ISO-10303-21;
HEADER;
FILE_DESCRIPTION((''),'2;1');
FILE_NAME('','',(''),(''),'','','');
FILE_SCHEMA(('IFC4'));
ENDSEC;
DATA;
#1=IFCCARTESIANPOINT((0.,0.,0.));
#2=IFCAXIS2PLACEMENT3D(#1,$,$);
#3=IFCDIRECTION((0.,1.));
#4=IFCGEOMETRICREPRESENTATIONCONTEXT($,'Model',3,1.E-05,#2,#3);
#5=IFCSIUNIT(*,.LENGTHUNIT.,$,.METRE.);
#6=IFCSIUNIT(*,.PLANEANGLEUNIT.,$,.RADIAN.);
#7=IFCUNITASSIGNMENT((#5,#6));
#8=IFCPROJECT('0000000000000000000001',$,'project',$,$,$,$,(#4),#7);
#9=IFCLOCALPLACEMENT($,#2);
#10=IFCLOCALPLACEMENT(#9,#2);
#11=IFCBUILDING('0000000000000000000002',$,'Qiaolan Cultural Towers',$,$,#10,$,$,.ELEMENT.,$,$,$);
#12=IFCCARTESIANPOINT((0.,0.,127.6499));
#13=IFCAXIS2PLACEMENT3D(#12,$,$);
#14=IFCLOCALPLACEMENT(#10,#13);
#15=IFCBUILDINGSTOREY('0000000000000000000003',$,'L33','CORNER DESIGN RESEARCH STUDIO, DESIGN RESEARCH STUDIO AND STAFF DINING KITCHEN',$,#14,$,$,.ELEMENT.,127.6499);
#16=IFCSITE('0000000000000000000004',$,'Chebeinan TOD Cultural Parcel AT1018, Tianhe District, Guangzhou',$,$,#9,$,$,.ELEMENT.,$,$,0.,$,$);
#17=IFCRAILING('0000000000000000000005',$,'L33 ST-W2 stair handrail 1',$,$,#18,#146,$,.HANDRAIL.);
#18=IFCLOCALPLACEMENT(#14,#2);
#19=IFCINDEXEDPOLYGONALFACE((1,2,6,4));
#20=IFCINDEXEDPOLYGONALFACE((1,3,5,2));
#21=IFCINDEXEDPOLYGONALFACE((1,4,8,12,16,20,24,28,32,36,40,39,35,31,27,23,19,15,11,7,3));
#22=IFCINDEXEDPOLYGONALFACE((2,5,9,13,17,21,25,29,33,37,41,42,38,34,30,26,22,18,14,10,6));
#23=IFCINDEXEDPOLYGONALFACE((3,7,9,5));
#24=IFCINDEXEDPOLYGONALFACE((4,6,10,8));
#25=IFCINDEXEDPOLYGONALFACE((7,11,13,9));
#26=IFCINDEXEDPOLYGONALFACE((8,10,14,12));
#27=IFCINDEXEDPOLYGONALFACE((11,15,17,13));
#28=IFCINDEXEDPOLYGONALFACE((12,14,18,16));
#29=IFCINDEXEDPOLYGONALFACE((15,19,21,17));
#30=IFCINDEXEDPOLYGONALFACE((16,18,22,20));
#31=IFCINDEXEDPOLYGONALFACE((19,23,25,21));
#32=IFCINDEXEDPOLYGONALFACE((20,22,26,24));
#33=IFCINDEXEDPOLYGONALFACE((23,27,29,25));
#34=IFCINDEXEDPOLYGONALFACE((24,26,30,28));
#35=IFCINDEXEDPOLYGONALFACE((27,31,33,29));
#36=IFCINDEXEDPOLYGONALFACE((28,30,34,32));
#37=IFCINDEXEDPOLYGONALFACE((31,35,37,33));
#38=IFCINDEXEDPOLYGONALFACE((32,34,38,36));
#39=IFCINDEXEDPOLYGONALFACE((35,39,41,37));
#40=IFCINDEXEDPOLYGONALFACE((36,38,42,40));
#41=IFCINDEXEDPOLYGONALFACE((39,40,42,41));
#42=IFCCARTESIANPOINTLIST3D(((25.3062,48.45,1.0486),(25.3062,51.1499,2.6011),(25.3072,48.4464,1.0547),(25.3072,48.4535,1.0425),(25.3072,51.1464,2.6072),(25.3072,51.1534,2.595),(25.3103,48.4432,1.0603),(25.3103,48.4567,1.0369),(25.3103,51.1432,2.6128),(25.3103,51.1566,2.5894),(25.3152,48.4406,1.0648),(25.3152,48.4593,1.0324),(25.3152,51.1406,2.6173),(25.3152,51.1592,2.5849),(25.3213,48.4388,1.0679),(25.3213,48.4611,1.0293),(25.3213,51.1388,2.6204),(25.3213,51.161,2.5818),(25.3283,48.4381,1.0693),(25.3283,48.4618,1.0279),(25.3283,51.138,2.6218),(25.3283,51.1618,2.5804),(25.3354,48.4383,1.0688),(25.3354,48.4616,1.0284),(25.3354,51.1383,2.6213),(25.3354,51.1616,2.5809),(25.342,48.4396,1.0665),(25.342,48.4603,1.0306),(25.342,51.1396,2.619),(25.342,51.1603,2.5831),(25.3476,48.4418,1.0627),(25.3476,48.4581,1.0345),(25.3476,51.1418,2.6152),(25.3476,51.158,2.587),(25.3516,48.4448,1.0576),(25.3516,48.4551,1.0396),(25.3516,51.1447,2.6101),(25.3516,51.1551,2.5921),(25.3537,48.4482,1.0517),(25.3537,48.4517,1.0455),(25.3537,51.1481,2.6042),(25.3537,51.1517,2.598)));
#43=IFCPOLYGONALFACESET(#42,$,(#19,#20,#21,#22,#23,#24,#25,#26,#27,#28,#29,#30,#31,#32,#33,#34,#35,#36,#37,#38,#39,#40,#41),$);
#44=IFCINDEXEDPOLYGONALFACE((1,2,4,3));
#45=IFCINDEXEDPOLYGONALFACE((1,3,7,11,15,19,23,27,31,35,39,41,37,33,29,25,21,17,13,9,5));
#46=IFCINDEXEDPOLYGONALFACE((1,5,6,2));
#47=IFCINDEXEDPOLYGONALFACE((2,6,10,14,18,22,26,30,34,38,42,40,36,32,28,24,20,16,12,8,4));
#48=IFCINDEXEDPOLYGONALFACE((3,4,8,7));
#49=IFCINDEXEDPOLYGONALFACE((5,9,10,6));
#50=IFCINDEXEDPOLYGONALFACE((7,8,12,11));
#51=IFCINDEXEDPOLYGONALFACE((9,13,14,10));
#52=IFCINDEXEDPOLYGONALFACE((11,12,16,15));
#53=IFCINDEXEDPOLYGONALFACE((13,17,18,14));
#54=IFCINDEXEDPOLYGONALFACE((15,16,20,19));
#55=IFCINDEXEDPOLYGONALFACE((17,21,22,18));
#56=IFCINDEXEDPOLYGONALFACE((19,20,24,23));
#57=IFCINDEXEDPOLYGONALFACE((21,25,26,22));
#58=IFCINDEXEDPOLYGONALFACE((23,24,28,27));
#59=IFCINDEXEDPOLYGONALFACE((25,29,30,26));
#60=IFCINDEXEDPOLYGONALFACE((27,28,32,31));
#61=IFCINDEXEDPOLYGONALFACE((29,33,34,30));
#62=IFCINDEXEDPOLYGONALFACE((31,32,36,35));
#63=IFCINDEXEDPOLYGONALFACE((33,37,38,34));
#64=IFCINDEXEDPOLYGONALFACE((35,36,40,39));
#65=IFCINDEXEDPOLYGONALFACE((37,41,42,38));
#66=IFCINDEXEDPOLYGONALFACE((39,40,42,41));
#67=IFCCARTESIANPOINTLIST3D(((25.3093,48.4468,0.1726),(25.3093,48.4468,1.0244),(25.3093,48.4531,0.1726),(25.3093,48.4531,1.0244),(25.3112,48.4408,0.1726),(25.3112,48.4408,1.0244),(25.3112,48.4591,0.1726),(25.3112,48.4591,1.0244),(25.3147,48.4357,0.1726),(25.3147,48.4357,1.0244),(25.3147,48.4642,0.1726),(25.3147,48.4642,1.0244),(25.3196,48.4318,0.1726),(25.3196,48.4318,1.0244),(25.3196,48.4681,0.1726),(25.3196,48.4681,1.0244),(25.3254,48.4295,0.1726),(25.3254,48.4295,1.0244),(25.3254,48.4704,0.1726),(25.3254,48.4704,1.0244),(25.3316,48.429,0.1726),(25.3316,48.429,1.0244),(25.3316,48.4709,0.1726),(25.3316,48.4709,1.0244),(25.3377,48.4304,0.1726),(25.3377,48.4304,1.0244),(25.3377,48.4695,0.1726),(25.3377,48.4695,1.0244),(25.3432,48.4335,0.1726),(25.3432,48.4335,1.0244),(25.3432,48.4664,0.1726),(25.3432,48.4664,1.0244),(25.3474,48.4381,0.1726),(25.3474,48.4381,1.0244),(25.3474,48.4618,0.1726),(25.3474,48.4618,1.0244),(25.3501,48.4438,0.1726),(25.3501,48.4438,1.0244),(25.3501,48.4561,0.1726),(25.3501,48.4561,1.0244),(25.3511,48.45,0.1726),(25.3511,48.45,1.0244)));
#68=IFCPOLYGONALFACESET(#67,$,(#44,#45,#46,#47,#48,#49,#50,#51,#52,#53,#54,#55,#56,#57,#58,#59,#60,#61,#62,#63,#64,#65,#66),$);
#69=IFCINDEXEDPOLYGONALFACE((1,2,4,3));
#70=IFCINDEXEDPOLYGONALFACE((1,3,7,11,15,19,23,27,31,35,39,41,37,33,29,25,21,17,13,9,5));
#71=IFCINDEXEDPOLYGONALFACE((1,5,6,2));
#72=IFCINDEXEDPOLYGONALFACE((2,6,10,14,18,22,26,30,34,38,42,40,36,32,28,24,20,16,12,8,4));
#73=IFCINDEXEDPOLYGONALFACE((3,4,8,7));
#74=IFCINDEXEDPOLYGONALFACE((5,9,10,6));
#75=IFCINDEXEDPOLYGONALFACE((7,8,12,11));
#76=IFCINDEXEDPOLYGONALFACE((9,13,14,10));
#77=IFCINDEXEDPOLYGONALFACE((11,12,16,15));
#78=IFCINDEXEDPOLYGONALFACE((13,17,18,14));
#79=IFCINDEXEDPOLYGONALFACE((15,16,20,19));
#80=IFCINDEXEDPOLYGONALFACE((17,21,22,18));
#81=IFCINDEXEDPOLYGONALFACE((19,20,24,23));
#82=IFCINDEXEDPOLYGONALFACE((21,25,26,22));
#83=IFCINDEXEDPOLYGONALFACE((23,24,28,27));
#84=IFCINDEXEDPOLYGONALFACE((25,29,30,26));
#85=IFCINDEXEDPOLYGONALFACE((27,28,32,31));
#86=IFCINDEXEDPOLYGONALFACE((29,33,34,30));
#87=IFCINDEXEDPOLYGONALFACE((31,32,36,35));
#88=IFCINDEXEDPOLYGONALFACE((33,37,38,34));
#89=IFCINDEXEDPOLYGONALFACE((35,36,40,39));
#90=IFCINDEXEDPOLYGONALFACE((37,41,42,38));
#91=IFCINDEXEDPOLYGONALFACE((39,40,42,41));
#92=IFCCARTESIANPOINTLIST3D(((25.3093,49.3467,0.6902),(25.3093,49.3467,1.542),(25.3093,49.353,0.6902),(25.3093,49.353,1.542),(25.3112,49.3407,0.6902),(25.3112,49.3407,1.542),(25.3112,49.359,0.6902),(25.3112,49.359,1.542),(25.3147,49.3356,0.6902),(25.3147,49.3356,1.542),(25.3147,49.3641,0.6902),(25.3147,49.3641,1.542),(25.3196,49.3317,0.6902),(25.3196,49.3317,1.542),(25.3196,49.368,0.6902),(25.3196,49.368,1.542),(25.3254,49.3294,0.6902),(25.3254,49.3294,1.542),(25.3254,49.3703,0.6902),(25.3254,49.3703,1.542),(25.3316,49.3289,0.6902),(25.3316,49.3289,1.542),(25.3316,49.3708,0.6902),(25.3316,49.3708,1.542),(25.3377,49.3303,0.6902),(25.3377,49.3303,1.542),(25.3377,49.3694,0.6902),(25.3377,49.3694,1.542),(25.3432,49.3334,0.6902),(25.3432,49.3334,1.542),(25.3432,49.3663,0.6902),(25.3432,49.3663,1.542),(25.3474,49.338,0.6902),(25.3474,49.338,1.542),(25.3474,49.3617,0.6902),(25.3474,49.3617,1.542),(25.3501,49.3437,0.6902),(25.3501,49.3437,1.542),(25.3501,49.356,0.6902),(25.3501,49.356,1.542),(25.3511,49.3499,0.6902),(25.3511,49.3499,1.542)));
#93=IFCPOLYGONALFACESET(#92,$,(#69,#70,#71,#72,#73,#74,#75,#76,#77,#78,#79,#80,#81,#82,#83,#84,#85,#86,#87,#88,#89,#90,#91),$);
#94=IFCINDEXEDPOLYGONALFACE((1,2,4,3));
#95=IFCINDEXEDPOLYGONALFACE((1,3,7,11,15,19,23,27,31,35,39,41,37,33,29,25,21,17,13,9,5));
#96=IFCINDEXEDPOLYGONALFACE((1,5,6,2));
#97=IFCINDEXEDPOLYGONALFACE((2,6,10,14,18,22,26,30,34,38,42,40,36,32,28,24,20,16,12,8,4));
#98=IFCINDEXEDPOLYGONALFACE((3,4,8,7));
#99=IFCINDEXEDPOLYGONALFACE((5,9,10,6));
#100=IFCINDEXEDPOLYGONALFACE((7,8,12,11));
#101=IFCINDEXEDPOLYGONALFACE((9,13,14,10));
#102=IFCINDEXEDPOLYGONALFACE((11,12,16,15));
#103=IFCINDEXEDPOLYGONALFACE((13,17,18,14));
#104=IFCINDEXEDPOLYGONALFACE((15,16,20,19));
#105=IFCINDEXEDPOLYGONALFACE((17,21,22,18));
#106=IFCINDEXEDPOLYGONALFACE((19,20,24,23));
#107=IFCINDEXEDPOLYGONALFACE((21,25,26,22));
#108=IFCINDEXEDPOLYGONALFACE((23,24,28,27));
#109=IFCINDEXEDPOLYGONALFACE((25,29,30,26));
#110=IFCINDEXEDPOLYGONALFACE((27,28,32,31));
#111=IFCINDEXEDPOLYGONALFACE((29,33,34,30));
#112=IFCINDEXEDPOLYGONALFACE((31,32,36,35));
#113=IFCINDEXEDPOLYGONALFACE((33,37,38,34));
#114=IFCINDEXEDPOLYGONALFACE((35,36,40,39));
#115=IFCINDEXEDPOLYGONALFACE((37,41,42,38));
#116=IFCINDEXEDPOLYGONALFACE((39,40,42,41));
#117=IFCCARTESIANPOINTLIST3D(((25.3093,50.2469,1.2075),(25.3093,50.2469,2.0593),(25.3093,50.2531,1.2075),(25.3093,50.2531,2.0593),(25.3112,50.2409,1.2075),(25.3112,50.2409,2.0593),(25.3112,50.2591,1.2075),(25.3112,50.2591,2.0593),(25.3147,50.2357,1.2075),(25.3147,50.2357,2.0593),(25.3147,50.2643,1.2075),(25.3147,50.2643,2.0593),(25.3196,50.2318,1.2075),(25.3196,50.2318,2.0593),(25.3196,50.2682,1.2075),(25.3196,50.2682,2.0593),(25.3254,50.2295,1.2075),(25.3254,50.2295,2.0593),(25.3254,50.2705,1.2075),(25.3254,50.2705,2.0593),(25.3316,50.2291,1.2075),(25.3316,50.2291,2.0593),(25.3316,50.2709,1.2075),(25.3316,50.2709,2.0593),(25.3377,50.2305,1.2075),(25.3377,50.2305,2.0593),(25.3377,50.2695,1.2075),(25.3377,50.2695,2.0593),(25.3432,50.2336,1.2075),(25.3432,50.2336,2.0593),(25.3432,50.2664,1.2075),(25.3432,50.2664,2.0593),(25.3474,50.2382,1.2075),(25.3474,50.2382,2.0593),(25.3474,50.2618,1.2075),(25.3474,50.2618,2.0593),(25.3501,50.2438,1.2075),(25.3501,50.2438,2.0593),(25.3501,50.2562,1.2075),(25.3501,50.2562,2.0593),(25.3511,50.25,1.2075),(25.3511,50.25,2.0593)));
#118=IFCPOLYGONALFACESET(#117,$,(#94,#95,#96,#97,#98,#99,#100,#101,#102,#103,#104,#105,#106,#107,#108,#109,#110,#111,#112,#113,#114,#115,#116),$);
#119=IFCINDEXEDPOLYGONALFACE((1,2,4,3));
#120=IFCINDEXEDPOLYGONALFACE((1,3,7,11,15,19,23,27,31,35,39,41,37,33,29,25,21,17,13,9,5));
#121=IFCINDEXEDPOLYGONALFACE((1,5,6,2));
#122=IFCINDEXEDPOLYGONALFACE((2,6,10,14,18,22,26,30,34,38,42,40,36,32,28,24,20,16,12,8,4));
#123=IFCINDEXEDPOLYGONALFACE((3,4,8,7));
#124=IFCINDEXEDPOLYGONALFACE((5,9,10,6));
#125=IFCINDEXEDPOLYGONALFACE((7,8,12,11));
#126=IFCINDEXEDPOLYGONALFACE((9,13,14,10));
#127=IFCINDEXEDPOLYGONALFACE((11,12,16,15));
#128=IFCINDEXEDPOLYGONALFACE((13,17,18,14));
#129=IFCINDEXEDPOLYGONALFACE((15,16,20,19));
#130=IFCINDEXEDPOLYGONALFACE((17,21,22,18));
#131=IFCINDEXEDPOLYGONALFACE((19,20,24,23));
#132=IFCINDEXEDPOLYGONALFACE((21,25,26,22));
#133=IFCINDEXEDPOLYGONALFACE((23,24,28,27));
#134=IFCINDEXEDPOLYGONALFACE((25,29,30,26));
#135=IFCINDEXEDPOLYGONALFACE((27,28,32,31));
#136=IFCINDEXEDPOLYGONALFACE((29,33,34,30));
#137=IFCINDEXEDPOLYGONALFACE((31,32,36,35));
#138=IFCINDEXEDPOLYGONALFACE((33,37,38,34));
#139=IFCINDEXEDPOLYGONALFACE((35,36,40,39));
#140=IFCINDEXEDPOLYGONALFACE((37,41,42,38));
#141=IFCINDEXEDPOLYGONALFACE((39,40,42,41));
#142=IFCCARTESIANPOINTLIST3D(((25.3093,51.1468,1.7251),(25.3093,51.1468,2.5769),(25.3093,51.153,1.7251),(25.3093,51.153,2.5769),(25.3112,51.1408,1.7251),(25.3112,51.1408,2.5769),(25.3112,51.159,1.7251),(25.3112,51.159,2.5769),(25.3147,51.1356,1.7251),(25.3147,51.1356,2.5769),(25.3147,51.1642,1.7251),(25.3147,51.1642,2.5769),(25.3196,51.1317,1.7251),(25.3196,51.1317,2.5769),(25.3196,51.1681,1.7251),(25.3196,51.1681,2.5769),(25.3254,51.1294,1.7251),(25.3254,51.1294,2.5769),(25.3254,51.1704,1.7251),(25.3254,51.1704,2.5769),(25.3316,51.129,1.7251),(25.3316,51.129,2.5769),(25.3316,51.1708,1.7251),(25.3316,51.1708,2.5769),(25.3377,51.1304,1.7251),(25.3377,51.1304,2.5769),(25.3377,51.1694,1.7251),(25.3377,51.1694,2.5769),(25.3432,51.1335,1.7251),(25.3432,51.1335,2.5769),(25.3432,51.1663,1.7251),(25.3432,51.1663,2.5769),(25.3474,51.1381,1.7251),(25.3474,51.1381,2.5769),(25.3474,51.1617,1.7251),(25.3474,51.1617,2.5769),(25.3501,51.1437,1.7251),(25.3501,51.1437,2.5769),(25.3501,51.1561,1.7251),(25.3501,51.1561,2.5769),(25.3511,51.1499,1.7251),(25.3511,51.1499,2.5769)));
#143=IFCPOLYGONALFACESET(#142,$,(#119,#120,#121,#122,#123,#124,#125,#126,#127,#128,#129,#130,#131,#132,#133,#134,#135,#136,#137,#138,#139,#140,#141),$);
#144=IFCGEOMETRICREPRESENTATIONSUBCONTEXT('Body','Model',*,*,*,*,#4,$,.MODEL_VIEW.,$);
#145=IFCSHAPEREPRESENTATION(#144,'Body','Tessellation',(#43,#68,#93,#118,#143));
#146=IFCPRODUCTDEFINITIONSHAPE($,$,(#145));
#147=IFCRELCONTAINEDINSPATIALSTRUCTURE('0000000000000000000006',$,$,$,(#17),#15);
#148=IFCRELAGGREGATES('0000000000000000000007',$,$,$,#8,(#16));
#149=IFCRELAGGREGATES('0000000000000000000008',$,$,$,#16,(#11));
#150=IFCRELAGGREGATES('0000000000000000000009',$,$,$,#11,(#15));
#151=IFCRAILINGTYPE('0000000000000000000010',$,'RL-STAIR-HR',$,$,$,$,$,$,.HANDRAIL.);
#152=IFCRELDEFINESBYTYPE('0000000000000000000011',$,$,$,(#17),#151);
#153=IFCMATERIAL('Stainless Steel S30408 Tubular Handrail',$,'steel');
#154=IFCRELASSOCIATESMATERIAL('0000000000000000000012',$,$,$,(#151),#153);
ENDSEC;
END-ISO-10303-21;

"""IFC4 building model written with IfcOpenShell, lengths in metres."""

from ifc_helpers import new_model, si_unit, direction, frame, origin, origin_2d, place, context, subcontext, project, spatial, circle, extrude, material, type_object, element, save


model = new_model("IFC4")

# Units and contexts
model_context = context("Model", 3, precision=1e-05, world=origin(), true_north=direction((0.0, 1.0)))
body_context = subcontext(model_context, "Body", "Model", "MODEL_VIEW")
ifc_project = project(units=[si_unit("LENGTHUNIT", "METRE"), si_unit("PLANEANGLEUNIT", "RADIAN")], contexts=[model_context])

# Site, building, storey
site_placement = place(None, origin())
site = spatial("IfcSite", under=ifc_project, at=site_placement, Name="Chebeinan TOD Cultural Parcel AT1018, Tianhe District, Guangzhou", CompositionType="ELEMENT", RefElevation=0.0)
building_placement = place(site_placement, origin())
building = spatial("IfcBuilding", under=site, at=building_placement, Name="Qiaolan Cultural Towers", CompositionType="ELEMENT")
storey_placement = place(building_placement, frame((0.0, 0.0, 127.6499)))
storey = spatial("IfcBuildingStorey", under=building, at=storey_placement, Name="L33", Description="CORNER DESIGN RESEARCH STUDIO, DESIGN RESEARCH STUDIO AND STAFF DINING KITCHEN", CompositionType="ELEMENT", Elevation=127.6499)

# Railing
ifc_material_1 = material(Name="Stainless Steel S30408 Tubular Handrail", Category="steel")
railing_type = type_object("IfcRailingType", Name="RL-STAIR-HR", PredefinedType="HANDRAIL", material=ifc_material_1)
railing_placement = place(storey_placement, frame((25.3301, 48.45, 0.1726)))
element("IfcRailing", 1, at=railing_placement, inside=storey, type_object=railing_type, Name="L33 ST-W2 stair handrail 1", PredefinedType="HANDRAIL", context=body_context, shape_type="SweptSolid", body=[
    extrude(circle(Radius=0.0239, at=origin_2d()), frame((0.0, 0.0, 0.876), z_axis=(0.0, 0.866904, 0.498476), x_axis=(-1.0, 0.0, 0.0)), (0.0, 0.0, 1.0), 3.1145),
    extrude(circle(Radius=0.021, at=origin_2d()), origin(), (0.0, 0.0, 1.0), 0.8518),
    extrude(circle(Radius=0.021, at=origin_2d()), frame((0.0, 0.8999, 0.5176)), (0.0, 0.0, 1.0), 0.8518),
    extrude(circle(Radius=0.021, at=origin_2d()), frame((0.0, 1.8, 1.0349)), (0.0, 0.0, 1.0), 0.8518),
    extrude(circle(Radius=0.021, at=origin_2d()), frame((0.0, 2.7, 1.5525)), (0.0, 0.0, 1.0), 0.8518),
])

save(model, "model.ifc")
